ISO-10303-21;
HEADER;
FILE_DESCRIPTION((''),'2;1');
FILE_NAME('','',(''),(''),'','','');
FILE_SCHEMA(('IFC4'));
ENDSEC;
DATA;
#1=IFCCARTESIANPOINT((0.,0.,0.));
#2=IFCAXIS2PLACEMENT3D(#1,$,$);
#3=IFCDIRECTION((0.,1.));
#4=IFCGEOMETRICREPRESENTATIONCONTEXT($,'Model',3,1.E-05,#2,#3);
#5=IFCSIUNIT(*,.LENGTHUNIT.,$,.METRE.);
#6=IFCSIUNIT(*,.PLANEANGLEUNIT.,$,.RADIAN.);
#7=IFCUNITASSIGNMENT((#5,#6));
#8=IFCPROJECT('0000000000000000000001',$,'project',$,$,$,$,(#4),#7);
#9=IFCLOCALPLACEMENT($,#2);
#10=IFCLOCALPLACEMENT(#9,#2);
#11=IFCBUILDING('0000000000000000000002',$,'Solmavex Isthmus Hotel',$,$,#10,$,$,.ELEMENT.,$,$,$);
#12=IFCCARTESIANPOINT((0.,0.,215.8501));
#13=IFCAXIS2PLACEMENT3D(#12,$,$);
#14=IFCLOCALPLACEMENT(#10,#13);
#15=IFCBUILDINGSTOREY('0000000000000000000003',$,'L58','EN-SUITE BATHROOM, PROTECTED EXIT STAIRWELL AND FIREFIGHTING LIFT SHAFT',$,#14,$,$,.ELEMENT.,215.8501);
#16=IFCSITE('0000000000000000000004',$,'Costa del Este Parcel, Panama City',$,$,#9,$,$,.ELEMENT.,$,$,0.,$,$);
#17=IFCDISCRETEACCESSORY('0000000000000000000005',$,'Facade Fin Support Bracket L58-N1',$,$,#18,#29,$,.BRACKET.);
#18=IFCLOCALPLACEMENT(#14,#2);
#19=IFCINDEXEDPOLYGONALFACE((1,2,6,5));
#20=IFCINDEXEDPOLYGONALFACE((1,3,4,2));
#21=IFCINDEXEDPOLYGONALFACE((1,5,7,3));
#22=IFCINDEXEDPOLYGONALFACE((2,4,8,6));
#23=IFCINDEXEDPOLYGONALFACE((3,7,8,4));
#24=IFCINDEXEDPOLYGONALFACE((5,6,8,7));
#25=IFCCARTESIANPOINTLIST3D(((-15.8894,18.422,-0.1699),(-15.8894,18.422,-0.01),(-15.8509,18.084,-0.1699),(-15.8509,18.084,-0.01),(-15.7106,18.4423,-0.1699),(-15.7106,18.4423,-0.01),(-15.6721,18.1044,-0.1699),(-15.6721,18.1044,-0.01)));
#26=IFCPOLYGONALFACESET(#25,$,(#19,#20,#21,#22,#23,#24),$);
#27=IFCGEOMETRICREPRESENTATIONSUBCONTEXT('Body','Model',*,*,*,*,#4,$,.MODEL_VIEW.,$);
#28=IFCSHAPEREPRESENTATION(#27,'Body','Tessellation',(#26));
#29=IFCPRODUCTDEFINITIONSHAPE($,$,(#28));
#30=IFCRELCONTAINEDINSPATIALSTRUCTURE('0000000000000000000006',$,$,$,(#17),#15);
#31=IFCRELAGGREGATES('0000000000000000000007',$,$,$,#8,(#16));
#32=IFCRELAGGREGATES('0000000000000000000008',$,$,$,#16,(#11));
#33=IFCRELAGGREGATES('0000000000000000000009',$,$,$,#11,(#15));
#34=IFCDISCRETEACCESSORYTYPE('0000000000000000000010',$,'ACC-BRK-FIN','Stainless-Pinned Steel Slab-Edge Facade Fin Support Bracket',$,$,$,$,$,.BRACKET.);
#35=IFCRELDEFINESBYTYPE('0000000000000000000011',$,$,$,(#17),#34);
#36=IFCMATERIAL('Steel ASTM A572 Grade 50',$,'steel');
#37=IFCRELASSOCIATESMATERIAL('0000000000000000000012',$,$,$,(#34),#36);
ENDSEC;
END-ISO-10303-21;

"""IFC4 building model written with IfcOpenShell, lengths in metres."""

from ifc_helpers import new_model, si_unit, direction, frame, origin, origin_2d, place, context, subcontext, project, spatial, rectangle, extrude, material, type_object, element, save


model = new_model("IFC4")

# Units and contexts
model_context = context("Model", 3, precision=1e-05, world=origin(), true_north=direction((0.0, 1.0)))
body_context = subcontext(model_context, "Body", "Model", "MODEL_VIEW")
ifc_project = project(units=[si_unit("LENGTHUNIT", "METRE"), si_unit("PLANEANGLEUNIT", "RADIAN")], contexts=[model_context])

# Site, building, storey
site_placement = place(None, origin())
site = spatial("IfcSite", under=ifc_project, at=site_placement, Name="Costa del Este Parcel, Panama City", CompositionType="ELEMENT", RefElevation=0.0)
building_placement = place(site_placement, origin())
building = spatial("IfcBuilding", under=site, at=building_placement, Name="Solmavex Isthmus Hotel", CompositionType="ELEMENT")
storey_placement = place(building_placement, frame((0.0, 0.0, 215.8501)))
storey = spatial("IfcBuildingStorey", under=building, at=storey_placement, Name="L58", Description="EN-SUITE BATHROOM, PROTECTED EXIT STAIRWELL AND FIREFIGHTING LIFT SHAFT", CompositionType="ELEMENT", Elevation=215.8501)

# Discrete accessory
ifc_material_1 = material(Name="Steel ASTM A572 Grade 50", Category="steel")
discrete_accessory_type = type_object("IfcDiscreteAccessoryType", Name="ACC-BRK-FIN", Description="Stainless-Pinned Steel Slab-Edge Facade Fin Support Bracket", PredefinedType="BRACKET", material=ifc_material_1)
discrete_accessory_placement = place(storey_placement, frame((-15.7808, 18.2632, -0.1699), z_axis=(0.0, 0.0, 1.0), x_axis=(-0.113203, 0.993572, 0.0)))
element("IfcDiscreteAccessory", 1, at=discrete_accessory_placement, inside=storey, type_object=discrete_accessory_type, Name="Facade Fin Support Bracket L58-N1", PredefinedType="BRACKET", context=body_context, shape_type="SweptSolid", body=[
    extrude(rectangle(XDim=0.3401, YDim=0.1799, at=origin_2d()), origin(), (0.0, 0.0, 1.0), 0.1599),
])

save(model, "model.ifc")
